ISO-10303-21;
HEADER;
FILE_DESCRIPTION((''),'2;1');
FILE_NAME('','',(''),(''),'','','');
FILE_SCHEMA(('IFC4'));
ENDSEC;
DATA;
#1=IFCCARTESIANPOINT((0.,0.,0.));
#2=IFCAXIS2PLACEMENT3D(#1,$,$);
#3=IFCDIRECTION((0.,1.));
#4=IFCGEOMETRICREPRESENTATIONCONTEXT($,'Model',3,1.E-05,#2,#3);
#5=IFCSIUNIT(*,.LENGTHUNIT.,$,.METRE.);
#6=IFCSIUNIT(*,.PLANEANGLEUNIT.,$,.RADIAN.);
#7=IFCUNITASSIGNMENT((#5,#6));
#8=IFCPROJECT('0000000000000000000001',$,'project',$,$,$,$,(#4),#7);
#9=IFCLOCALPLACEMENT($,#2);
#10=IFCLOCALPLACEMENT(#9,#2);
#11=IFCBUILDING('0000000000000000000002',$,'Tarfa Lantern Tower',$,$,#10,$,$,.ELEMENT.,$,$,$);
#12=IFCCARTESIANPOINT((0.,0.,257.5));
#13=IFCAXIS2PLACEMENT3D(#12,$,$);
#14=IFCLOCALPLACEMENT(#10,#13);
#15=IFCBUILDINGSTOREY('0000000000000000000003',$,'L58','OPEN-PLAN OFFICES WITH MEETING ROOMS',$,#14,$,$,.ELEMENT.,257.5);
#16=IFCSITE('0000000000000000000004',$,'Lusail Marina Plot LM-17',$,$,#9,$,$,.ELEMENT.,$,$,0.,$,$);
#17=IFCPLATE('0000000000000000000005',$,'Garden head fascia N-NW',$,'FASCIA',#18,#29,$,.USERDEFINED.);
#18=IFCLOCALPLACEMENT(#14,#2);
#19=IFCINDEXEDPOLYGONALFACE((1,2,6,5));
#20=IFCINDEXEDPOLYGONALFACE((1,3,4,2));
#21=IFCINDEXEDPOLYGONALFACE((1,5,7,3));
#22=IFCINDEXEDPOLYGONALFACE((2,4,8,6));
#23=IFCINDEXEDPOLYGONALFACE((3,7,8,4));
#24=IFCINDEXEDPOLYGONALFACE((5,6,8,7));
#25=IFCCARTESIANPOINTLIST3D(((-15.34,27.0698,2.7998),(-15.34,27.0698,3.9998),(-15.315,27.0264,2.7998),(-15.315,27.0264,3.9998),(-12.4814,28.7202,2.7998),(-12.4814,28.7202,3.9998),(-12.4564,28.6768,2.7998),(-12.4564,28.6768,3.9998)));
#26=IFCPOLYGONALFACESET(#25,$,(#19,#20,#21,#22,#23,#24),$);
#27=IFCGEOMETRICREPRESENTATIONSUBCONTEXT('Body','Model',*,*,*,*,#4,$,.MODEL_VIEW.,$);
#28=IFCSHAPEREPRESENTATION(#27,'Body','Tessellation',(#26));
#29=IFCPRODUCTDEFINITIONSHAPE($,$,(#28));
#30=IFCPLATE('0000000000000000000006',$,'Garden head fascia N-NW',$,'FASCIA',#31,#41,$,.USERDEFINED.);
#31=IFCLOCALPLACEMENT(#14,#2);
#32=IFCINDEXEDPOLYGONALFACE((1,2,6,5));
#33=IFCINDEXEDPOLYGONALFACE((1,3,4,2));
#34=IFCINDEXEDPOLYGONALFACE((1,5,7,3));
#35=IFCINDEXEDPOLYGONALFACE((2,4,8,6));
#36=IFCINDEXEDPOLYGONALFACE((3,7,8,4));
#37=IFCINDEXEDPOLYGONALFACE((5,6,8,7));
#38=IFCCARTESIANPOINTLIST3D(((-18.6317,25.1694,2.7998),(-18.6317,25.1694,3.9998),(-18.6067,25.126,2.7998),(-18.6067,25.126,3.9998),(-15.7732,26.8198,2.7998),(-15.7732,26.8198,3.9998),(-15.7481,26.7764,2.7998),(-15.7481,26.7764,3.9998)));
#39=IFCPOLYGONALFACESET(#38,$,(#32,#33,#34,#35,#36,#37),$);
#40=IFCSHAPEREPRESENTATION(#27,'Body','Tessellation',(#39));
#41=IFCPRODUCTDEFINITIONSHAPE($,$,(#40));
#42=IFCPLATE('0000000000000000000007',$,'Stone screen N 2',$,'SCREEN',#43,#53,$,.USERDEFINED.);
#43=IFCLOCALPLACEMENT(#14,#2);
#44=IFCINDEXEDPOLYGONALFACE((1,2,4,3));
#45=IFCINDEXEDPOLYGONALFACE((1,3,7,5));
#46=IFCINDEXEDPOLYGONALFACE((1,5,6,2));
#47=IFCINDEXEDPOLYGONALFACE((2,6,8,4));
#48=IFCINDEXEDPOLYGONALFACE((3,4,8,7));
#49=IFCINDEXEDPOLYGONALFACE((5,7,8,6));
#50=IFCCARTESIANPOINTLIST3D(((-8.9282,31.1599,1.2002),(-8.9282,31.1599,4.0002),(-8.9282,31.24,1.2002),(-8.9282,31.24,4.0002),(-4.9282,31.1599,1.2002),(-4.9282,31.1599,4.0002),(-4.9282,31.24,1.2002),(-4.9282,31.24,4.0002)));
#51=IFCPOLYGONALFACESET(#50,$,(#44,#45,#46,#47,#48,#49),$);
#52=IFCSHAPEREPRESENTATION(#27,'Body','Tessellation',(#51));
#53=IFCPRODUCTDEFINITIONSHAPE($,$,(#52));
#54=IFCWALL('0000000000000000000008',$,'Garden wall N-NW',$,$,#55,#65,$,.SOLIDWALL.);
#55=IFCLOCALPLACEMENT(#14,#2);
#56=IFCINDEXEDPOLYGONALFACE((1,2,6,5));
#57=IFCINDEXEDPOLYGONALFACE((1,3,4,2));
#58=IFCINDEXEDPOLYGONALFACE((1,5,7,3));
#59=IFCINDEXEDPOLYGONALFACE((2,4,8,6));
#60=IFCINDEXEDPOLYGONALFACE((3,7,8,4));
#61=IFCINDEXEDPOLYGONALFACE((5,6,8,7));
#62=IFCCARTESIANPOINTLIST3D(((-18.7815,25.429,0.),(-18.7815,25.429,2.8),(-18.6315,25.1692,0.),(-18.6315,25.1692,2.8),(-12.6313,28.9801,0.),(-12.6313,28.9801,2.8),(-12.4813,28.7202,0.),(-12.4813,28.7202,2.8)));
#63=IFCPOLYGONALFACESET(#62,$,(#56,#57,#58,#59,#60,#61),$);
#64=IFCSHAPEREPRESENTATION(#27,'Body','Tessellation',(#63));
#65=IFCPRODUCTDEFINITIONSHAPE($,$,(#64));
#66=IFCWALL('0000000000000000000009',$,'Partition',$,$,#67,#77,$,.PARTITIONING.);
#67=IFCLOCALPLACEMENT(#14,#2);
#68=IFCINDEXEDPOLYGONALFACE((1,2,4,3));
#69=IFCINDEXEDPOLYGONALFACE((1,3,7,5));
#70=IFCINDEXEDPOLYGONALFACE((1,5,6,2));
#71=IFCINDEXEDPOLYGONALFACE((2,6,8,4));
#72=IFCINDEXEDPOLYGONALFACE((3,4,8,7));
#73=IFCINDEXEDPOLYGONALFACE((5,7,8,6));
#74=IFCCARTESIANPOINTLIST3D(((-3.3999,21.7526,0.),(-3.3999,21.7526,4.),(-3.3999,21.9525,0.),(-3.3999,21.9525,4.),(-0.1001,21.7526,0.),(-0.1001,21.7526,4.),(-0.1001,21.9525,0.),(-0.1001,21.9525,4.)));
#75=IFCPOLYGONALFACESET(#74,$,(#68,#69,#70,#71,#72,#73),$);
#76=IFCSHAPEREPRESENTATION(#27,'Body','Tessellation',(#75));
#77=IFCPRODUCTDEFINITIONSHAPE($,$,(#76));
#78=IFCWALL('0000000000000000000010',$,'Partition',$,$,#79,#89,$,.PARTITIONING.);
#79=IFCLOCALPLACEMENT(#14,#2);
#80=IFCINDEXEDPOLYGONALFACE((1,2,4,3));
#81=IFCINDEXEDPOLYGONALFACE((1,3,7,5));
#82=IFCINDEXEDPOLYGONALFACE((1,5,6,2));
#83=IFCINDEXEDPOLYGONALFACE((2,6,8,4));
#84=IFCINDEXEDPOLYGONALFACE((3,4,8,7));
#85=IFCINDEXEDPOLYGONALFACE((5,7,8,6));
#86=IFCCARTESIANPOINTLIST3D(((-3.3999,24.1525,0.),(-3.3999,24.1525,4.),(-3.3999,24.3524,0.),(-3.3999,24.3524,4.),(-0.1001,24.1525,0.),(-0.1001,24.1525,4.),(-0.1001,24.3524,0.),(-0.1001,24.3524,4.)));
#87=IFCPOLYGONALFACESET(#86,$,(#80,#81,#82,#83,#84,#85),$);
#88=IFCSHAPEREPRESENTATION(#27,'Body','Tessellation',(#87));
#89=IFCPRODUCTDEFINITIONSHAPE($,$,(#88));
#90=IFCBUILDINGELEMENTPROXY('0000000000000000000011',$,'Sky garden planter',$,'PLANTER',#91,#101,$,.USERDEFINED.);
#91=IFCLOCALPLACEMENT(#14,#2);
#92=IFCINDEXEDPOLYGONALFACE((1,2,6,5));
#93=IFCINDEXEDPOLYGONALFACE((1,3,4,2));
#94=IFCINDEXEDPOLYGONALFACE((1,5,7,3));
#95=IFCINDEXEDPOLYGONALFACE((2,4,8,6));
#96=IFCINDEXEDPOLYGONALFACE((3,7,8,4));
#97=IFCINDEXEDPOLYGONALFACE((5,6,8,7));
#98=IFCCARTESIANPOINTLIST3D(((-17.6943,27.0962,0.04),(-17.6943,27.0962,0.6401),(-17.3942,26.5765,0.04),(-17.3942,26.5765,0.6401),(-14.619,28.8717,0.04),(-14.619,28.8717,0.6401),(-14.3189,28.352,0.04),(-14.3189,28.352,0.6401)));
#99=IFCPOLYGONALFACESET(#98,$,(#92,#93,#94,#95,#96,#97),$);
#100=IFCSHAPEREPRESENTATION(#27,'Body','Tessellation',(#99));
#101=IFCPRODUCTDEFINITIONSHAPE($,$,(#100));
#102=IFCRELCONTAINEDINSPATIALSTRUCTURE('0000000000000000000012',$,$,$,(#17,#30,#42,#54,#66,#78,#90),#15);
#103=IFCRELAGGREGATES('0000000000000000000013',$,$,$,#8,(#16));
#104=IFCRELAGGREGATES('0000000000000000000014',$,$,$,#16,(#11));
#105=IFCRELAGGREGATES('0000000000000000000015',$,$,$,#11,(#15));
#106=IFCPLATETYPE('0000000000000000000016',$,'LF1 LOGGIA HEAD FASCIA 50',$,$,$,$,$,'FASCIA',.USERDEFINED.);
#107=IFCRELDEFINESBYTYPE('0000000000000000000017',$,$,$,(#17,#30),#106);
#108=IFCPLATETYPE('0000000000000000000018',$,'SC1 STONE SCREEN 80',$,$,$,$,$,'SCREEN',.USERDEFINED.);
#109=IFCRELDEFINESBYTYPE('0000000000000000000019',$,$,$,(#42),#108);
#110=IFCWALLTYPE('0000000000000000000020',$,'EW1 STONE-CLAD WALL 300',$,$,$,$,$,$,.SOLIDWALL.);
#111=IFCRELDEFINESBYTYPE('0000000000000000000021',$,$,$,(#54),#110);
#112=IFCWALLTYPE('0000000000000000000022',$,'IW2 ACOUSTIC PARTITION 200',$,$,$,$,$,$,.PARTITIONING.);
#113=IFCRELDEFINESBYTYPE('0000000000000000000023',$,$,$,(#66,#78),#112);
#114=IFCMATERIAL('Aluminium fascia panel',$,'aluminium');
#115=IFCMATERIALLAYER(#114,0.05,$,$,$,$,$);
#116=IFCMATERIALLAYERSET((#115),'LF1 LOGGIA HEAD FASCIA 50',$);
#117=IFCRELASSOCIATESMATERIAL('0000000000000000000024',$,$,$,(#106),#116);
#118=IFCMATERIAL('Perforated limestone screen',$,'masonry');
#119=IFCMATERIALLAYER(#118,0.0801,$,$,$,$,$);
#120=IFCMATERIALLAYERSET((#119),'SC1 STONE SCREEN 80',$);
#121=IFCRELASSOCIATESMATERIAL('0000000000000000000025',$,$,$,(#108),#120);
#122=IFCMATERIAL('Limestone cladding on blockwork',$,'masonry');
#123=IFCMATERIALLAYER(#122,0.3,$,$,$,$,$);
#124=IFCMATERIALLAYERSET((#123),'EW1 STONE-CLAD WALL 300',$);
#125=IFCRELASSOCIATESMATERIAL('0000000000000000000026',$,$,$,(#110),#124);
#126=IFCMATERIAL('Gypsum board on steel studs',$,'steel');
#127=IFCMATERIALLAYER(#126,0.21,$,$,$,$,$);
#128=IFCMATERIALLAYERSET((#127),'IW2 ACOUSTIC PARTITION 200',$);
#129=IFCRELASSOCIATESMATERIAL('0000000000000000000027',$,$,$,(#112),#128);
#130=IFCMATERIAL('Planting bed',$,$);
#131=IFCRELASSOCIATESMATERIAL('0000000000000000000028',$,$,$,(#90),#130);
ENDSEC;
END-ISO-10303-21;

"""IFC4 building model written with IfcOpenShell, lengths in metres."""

from ifc_helpers import new_model, si_unit, direction, frame, frame_2d, origin, origin_2d, place, context, subcontext, project, spatial, rectangle, extrude, material, layer, layer_set, type_object, element, save


model = new_model("IFC4")

# Units and contexts
model_context = context("Model", 3, precision=1e-05, world=origin(), true_north=direction((0.0, 1.0)))
body_context = subcontext(model_context, "Body", "Model", "MODEL_VIEW")
ifc_project = project(units=[si_unit("LENGTHUNIT", "METRE"), si_unit("PLANEANGLEUNIT", "RADIAN")], contexts=[model_context])

# Site, building, storey
site_placement = place(None, origin())
site = spatial("IfcSite", under=ifc_project, at=site_placement, Name="Lusail Marina Plot LM-17", CompositionType="ELEMENT", RefElevation=0.0)
building_placement = place(site_placement, origin())
building = spatial("IfcBuilding", under=site, at=building_placement, Name="Tarfa Lantern Tower", CompositionType="ELEMENT")
storey_placement = place(building_placement, frame((0.0, 0.0, 257.5)))
storey = spatial("IfcBuildingStorey", under=building, at=storey_placement, Name="L58", Description="OPEN-PLAN OFFICES WITH MEETING ROOMS", CompositionType="ELEMENT", Elevation=257.5)

# Plates
ifc_material_1 = material(Name="Aluminium fascia panel", Category="aluminium")
ifc_layer_1 = layer(ifc_material_1, 0.05)
ifc_layer_set_1 = layer_set([ifc_layer_1], Name="LF1 LOGGIA HEAD FASCIA 50")
plate_type_1 = type_object("IfcPlateType", Name="LF1 LOGGIA HEAD FASCIA 50", ElementType="FASCIA", PredefinedType="USERDEFINED", material=ifc_layer_set_1)
for number, where, z_axis, x_axis, name in (
    (1, (-13.8982, 27.8733, 2.7998), (0.0, 0.0, 1.0), (-0.866025, -0.5, 0.0), "Garden head fascia N-NW"),
    (2, (-17.1899, 25.9729, 2.7998), (0.0, 0.0, 1.0), (-0.866025, -0.5, 0.0), "Garden head fascia N-NW"),
):
    element("IfcPlate", number, at=place(storey_placement, frame(where, z_axis=z_axis, x_axis=x_axis)), inside=storey, type_object=plate_type_1, Name=name, ObjectType="FASCIA", PredefinedType="USERDEFINED", context=body_context, shape_type="SweptSolid", body=[
        extrude(rectangle(XDim=3.3008, YDim=0.05, at=origin_2d()), origin(), (0.0, 0.0, 1.0), 1.2),
    ])
ifc_material_2 = material(Name="Perforated limestone screen", Category="masonry")
ifc_layer_2 = layer(ifc_material_2, 0.0801)
ifc_layer_set_2 = layer_set([ifc_layer_2], Name="SC1 STONE SCREEN 80")
plate_type_2 = type_object("IfcPlateType", Name="SC1 STONE SCREEN 80", ElementType="SCREEN", PredefinedType="USERDEFINED", material=ifc_layer_set_2)
plate_placement = place(storey_placement, frame((-6.9282, 31.2, 1.2002), z_axis=(0.0, 0.0, 1.0), x_axis=(-1.0, 0.0, 0.0)))
element("IfcPlate", 3, at=plate_placement, inside=storey, type_object=plate_type_2, Name="Stone screen N 2", ObjectType="SCREEN", PredefinedType="USERDEFINED", context=body_context, shape_type="SweptSolid", body=[
    extrude(rectangle(XDim=4.0, YDim=0.0801, at=origin_2d()), origin(), (0.0, 0.0, 1.0), 2.8),
])

# Walls
ifc_material_3 = material(Name="Limestone cladding on blockwork", Category="masonry")
ifc_layer_3 = layer(ifc_material_3, 0.3)
ifc_layer_set_3 = layer_set([ifc_layer_3], Name="EW1 STONE-CLAD WALL 300")
wall_type_1 = type_object("IfcWallType", Name="EW1 STONE-CLAD WALL 300", PredefinedType="SOLIDWALL", material=ifc_layer_set_3)
wall_placement = place(storey_placement, frame((-12.5564, 28.8501, 0.0), z_axis=(0.0, 0.0, 1.0), x_axis=(-0.866011, -0.500025, 0.0)))
element("IfcWall", 4, at=wall_placement, inside=storey, type_object=wall_type_1, Name="Garden wall N-NW", PredefinedType="SOLIDWALL", context=body_context, shape_type="SweptSolid", body=[
    extrude(rectangle(XDim=7.1018, YDim=0.3, at=frame_2d((3.5508, 0.0))), origin(), (0.0, 0.0, 1.0), 2.8),
])
ifc_material_4 = material(Name="Gypsum board on steel studs", Category="steel")
ifc_layer_4 = layer(ifc_material_4, 0.21)
ifc_layer_set_4 = layer_set([ifc_layer_4], Name="IW2 ACOUSTIC PARTITION 200")
wall_type_2 = type_object("IfcWallType", Name="IW2 ACOUSTIC PARTITION 200", PredefinedType="PARTITIONING", material=ifc_layer_set_4)
for number, where, z_axis, x_axis, name in (
    (5, (-0.1001, 21.8525, 0.0), (0.0, 0.0, 1.0), (-1.0, 0.0, 0.0), "Partition"),
    (6, (-0.1001, 24.2524, 0.0), (0.0, 0.0, 1.0), (-1.0, 0.0, 0.0), "Partition"),
):
    element("IfcWall", number, at=place(storey_placement, frame(where, z_axis=z_axis, x_axis=x_axis)), inside=storey, type_object=wall_type_2, Name=name, PredefinedType="PARTITIONING", context=body_context, shape_type="SweptSolid", body=[
        extrude(rectangle(XDim=3.2998, YDim=0.2, at=frame_2d((1.6499, 0.0))), origin(), (0.0, 0.0, 1.0), 4.0),
    ])

# Building element proxy
ifc_material_5 = material(Name="Planting bed")
proxy_placement = place(storey_placement, frame((-16.0066, 27.7241, 0.04), z_axis=(0.0, 0.0, 1.0), x_axis=(-0.866025, -0.5, 0.0)))
element("IfcBuildingElementProxy", 7, at=proxy_placement, inside=storey, material=ifc_material_5, Name="Sky garden planter", ObjectType="PLANTER", PredefinedType="USERDEFINED", context=body_context, shape_type="SweptSolid", body=[
    extrude(rectangle(XDim=3.551, YDim=0.6001, at=origin_2d()), origin(), (0.0, 0.0, 1.0), 0.6001),
])

save(model, "model.ifc")
